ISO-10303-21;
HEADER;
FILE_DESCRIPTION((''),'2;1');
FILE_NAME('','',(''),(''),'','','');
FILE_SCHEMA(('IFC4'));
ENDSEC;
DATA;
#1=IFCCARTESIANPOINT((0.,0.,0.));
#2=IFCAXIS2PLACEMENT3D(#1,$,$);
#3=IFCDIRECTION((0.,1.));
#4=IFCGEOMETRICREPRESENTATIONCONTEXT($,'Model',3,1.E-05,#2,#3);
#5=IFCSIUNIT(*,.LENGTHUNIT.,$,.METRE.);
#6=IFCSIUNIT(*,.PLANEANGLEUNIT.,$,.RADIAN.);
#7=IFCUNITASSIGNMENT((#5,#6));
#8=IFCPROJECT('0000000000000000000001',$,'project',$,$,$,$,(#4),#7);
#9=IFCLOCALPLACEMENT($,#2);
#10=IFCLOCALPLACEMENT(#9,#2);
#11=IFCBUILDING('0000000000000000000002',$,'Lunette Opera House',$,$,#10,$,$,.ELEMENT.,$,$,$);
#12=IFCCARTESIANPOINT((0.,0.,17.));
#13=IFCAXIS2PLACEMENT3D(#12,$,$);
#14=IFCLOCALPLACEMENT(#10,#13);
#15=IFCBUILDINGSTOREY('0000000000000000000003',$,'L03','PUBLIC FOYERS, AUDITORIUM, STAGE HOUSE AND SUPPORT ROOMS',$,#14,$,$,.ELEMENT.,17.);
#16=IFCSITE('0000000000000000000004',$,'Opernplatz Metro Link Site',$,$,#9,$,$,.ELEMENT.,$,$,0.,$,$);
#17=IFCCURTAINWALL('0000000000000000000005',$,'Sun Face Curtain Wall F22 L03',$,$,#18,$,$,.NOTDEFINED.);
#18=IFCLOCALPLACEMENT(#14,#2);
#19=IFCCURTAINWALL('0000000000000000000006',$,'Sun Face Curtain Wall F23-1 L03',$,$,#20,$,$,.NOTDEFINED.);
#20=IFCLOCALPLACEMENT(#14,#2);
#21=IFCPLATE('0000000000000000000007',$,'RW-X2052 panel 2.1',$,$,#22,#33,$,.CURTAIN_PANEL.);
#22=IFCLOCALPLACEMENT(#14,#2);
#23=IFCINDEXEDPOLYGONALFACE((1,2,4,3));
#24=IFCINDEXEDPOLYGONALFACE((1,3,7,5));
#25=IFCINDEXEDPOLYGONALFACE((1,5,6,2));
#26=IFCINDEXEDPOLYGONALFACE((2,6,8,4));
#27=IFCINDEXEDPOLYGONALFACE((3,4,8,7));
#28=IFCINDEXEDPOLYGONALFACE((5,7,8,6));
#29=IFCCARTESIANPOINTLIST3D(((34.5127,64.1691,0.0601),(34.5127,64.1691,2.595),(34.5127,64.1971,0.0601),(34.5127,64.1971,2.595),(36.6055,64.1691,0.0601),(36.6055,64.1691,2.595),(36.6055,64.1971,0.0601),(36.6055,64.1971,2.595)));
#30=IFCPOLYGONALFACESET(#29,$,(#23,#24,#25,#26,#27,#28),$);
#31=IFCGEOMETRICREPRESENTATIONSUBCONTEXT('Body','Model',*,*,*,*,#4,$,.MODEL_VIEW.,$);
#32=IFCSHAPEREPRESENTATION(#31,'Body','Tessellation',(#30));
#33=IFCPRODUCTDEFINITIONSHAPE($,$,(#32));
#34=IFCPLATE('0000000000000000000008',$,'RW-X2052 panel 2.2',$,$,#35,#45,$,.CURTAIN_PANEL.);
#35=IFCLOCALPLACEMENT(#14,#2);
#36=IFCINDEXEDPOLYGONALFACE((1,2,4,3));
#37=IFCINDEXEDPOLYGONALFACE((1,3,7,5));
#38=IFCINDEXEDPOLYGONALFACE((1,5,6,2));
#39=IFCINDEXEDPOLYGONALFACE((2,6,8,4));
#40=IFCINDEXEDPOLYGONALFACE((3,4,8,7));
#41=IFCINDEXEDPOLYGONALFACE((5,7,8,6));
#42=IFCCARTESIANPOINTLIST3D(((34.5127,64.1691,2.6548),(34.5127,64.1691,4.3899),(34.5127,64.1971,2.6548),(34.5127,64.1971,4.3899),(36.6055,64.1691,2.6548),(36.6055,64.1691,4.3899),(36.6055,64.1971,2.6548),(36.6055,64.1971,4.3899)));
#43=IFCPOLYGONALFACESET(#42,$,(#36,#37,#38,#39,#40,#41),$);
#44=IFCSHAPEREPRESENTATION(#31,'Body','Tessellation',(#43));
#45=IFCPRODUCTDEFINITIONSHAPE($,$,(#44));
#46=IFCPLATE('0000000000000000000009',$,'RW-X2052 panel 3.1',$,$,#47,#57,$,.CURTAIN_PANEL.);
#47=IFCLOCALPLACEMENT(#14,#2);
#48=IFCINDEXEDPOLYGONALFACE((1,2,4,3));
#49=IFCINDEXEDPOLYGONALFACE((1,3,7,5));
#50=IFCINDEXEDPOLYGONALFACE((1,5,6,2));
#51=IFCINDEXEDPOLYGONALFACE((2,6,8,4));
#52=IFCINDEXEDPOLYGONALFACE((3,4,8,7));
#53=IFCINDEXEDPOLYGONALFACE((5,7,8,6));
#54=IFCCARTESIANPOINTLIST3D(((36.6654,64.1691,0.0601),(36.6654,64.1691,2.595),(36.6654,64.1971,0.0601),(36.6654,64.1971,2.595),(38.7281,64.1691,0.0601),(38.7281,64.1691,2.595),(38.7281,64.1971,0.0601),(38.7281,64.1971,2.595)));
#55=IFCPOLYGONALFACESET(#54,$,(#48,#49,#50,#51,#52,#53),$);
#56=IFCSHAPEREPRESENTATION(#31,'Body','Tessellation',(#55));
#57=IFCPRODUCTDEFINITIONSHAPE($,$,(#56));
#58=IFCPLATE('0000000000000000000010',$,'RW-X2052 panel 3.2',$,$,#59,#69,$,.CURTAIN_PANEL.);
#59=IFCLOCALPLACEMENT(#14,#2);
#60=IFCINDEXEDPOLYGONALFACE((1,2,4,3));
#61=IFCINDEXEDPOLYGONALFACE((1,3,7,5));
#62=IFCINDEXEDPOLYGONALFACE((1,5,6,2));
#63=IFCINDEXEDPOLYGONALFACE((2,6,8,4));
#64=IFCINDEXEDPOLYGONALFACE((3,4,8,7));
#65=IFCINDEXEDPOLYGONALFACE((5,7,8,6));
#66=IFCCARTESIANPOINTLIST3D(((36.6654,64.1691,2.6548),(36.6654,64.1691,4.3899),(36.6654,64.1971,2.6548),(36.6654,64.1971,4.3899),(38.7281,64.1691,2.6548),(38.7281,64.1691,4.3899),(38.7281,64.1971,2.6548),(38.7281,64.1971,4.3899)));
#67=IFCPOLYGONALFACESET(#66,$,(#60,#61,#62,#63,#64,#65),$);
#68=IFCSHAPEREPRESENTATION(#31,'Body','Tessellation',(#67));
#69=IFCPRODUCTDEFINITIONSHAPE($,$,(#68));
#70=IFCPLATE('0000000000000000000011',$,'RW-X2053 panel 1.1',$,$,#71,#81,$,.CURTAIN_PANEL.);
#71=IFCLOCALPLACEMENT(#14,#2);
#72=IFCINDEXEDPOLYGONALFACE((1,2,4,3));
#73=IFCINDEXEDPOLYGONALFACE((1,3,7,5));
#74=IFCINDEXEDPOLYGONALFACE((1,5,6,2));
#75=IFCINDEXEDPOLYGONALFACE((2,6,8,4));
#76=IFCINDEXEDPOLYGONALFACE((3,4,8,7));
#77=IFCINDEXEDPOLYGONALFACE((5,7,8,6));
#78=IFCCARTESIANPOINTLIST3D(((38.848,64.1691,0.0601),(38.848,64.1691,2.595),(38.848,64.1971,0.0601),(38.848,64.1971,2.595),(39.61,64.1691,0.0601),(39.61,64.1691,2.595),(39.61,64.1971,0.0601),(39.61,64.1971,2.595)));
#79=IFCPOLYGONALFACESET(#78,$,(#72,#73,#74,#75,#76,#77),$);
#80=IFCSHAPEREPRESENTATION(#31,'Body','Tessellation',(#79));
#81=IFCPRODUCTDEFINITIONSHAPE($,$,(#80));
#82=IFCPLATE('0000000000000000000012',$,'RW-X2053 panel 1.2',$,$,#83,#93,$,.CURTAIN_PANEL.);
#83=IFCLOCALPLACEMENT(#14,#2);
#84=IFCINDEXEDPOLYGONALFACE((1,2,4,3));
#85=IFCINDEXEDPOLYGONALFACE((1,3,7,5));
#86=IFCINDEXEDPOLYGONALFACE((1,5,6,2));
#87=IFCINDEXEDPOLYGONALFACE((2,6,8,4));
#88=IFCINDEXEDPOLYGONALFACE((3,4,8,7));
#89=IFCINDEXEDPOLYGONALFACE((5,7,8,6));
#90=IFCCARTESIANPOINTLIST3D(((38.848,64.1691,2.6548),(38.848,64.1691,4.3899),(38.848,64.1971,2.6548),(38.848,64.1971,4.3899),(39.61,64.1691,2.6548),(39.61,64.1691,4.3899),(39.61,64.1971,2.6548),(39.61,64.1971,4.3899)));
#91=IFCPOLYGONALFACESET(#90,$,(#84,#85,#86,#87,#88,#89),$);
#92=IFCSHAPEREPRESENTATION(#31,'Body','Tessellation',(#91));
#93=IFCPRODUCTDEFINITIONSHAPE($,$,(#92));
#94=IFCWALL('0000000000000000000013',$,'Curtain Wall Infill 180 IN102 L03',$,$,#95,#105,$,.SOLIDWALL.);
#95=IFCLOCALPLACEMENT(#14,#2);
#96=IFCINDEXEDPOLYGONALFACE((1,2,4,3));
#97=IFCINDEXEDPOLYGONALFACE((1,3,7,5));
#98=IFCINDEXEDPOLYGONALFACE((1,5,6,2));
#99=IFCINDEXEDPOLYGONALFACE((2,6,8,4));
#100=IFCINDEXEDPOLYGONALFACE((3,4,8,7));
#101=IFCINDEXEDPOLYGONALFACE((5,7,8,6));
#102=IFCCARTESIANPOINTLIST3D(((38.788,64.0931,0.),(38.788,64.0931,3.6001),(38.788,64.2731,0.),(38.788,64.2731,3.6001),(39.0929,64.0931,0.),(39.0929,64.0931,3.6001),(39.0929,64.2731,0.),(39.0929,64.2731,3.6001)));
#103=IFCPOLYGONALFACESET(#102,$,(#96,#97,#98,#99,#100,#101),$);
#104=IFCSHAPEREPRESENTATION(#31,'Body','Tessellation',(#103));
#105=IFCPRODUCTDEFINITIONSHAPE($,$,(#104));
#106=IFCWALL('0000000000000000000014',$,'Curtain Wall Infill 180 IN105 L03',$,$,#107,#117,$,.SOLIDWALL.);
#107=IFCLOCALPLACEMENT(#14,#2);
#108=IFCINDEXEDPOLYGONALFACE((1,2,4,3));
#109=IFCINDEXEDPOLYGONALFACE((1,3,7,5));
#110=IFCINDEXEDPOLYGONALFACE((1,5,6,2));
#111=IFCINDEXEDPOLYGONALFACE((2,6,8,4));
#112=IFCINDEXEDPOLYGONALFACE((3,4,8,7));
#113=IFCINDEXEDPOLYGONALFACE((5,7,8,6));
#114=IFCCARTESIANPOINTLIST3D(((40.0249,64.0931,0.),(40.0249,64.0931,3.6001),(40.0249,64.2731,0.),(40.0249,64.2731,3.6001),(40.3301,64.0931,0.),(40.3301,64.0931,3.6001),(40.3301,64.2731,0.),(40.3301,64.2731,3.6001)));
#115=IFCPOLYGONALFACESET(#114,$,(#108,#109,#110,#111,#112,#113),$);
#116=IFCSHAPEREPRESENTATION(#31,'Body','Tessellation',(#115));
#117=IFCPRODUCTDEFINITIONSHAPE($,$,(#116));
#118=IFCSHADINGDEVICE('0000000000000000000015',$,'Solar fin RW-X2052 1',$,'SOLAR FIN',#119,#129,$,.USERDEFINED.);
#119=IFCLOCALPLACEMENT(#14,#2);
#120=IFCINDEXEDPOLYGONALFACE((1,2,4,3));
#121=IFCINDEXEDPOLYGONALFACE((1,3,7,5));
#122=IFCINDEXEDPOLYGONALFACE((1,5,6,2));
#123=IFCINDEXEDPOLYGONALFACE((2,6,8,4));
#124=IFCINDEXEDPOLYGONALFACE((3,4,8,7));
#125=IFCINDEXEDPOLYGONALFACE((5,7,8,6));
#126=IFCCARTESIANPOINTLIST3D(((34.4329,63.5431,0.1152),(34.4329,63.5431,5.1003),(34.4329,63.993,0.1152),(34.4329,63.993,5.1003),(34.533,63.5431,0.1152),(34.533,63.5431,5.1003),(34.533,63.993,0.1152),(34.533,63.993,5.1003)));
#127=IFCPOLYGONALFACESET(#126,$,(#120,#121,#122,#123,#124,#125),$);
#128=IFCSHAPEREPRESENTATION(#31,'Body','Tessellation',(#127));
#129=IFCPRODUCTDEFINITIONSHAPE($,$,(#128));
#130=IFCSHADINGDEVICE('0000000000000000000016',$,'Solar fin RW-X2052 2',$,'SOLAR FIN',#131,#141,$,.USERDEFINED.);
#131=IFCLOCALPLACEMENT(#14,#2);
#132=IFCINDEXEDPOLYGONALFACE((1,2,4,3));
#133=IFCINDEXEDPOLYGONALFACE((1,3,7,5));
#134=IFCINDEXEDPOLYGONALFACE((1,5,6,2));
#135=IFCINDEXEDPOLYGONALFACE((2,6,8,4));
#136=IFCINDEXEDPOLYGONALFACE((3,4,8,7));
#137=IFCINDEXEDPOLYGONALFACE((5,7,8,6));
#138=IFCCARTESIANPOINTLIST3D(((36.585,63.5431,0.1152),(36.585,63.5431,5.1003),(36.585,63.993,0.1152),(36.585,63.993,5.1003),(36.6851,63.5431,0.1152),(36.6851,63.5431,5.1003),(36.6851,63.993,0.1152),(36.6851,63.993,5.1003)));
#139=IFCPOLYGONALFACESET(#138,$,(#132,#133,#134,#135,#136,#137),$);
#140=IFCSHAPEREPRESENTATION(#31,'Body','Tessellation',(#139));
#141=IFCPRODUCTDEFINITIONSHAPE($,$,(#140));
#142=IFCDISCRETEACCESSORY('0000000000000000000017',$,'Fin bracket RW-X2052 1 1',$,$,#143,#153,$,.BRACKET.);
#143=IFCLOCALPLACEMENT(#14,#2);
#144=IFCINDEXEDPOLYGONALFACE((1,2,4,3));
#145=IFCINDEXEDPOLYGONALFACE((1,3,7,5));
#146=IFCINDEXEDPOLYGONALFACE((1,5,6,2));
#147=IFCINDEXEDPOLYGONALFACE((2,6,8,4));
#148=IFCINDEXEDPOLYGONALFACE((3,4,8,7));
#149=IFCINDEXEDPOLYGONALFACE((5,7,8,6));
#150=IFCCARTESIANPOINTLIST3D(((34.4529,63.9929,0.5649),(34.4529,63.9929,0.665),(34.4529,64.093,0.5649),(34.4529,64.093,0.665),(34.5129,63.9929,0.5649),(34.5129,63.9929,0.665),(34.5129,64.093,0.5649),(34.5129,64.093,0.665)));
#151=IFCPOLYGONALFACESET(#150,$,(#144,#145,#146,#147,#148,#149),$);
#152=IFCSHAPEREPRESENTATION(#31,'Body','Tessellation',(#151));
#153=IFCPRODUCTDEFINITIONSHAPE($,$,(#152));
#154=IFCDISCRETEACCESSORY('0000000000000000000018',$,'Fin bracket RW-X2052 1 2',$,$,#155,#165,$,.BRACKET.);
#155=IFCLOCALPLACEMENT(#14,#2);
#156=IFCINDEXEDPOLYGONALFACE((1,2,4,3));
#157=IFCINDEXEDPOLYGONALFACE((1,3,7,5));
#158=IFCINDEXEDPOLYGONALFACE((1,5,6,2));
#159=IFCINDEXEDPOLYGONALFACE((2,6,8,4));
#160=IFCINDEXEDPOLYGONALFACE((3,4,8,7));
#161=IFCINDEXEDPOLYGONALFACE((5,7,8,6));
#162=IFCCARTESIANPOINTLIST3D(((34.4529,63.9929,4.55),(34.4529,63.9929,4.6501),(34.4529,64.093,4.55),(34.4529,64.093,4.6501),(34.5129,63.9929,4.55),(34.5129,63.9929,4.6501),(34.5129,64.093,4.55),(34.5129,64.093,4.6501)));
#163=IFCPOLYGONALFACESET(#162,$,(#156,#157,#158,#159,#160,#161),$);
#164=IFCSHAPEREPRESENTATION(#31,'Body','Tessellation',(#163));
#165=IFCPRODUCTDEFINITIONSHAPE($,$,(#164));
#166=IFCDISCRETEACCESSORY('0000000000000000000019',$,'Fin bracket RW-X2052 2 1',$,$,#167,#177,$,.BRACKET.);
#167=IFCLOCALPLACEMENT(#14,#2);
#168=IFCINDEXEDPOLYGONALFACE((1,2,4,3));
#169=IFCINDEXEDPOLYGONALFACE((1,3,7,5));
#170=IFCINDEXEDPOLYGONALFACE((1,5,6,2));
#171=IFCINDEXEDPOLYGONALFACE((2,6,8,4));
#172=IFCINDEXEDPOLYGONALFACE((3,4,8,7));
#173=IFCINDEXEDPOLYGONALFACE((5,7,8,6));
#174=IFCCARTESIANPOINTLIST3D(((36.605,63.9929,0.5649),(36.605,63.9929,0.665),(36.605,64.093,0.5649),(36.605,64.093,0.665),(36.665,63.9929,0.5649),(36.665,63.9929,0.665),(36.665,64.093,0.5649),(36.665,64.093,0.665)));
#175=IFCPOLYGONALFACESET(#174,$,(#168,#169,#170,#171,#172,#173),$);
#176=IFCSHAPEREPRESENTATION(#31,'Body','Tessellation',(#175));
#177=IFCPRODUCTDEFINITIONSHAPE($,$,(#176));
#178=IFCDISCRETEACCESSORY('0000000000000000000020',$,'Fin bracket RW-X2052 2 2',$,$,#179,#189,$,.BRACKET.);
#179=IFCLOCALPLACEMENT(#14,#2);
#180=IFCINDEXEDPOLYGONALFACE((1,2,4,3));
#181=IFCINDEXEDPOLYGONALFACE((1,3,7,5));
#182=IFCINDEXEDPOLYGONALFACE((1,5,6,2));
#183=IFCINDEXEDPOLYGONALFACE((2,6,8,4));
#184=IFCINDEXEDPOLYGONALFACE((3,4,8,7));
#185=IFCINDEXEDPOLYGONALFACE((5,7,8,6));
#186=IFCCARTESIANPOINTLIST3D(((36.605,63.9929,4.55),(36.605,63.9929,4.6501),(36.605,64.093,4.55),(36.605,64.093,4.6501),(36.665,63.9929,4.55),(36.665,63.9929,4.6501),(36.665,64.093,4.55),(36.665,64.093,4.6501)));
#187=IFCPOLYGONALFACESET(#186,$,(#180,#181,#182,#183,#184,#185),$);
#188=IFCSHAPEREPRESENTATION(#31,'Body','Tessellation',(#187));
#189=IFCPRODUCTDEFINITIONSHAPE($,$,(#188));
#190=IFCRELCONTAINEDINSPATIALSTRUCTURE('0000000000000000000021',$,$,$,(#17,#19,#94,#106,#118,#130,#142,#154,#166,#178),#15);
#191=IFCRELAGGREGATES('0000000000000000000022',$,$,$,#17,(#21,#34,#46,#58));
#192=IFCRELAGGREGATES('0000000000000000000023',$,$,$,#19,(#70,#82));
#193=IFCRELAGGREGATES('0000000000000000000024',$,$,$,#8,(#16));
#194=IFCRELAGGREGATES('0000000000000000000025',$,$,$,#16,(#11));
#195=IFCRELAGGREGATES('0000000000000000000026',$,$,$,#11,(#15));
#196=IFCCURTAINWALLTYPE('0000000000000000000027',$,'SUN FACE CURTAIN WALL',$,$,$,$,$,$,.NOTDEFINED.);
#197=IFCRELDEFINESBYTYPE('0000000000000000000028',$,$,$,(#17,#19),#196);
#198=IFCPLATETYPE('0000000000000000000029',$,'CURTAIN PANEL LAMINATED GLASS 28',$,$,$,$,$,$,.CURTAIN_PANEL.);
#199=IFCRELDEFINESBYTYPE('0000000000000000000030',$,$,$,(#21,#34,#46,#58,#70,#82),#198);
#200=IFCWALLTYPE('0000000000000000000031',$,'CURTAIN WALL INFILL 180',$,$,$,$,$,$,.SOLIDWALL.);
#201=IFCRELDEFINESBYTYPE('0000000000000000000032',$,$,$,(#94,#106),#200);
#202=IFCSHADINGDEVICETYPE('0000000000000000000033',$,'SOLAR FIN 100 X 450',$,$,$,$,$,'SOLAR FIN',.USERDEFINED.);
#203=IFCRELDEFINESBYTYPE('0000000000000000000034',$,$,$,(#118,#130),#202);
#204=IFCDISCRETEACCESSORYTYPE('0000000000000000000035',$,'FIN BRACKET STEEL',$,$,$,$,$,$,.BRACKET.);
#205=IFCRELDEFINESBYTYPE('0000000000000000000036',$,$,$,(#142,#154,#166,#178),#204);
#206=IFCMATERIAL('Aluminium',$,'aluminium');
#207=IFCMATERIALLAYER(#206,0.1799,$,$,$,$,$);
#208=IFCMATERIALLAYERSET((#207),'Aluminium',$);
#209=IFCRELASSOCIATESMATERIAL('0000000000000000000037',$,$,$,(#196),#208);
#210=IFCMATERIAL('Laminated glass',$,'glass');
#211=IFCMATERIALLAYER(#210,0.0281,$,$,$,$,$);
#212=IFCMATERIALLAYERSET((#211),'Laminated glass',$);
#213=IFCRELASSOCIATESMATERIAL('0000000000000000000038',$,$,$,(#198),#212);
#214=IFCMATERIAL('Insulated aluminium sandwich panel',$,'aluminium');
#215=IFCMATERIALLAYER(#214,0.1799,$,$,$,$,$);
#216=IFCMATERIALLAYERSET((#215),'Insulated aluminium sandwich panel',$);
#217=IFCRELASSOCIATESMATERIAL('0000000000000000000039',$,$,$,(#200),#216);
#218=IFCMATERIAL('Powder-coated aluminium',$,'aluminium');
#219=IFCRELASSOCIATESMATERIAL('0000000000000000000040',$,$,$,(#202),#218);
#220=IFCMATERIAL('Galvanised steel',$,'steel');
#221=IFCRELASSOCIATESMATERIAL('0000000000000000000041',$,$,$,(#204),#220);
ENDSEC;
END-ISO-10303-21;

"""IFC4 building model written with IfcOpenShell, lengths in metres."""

from ifc_helpers import new_model, si_unit, direction, frame, frame_2d, origin, origin_2d, place, context, subcontext, project, spatial, rectangle, extrude, material, layer, layer_set, type_object, element, aggregate, save


model = new_model("IFC4")

# Units and contexts
model_context = context("Model", 3, precision=1e-05, world=origin(), true_north=direction((0.0, 1.0)))
body_context = subcontext(model_context, "Body", "Model", "MODEL_VIEW")
ifc_project = project(units=[si_unit("LENGTHUNIT", "METRE"), si_unit("PLANEANGLEUNIT", "RADIAN")], contexts=[model_context])

# Site, building, storey
site_placement = place(None, origin())
site = spatial("IfcSite", under=ifc_project, at=site_placement, Name="Opernplatz Metro Link Site", CompositionType="ELEMENT", RefElevation=0.0)
building_placement = place(site_placement, origin())
building = spatial("IfcBuilding", under=site, at=building_placement, Name="Lunette Opera House", CompositionType="ELEMENT")
storey_placement = place(building_placement, frame((0.0, 0.0, 17.0)))
storey = spatial("IfcBuildingStorey", under=building, at=storey_placement, Name="L03", Description="PUBLIC FOYERS, AUDITORIUM, STAGE HOUSE AND SUPPORT ROOMS", CompositionType="ELEMENT", Elevation=17.0)

# Curtain walls
ifc_material_1 = material(Name="Aluminium", Category="aluminium")
ifc_layer_1 = layer(ifc_material_1, 0.1799)
ifc_layer_set_1 = layer_set([ifc_layer_1], Name="Aluminium")
curtain_wall_type = type_object("IfcCurtainWallType", Name="SUN FACE CURTAIN WALL", PredefinedType="NOTDEFINED", material=ifc_layer_set_1)
curtain_wall_1_placement = place(storey_placement, origin())
curtain_wall_1 = element("IfcCurtainWall", 1, at=curtain_wall_1_placement, inside=storey, type_object=curtain_wall_type, Name="Sun Face Curtain Wall F22 L03", PredefinedType="NOTDEFINED")
curtain_wall_2_placement = place(storey_placement, origin())
curtain_wall_2 = element("IfcCurtainWall", 2, at=curtain_wall_2_placement, inside=storey, type_object=curtain_wall_type, Name="Sun Face Curtain Wall F23-1 L03", PredefinedType="NOTDEFINED")

# Plates
ifc_material_2 = material(Name="Laminated glass", Category="glass")
ifc_layer_2 = layer(ifc_material_2, 0.0281)
ifc_layer_set_2 = layer_set([ifc_layer_2], Name="Laminated glass")
plate_type = type_object("IfcPlateType", Name="CURTAIN PANEL LAMINATED GLASS 28", PredefinedType="CURTAIN_PANEL", material=ifc_layer_set_2)
plate_1_placement = place(storey_placement, frame((35.5591, 64.1831, 0.0601), z_axis=(0.0, 0.0, 1.0), x_axis=(1.0, 0.0, 0.0)))
plate_1 = element("IfcPlate", 3, at=plate_1_placement, type_object=plate_type, Name="RW-X2052 panel 2.1", PredefinedType="CURTAIN_PANEL", context=body_context, shape_type="SweptSolid", body=[
    extrude(rectangle(XDim=2.0928, YDim=0.0281, at=origin_2d()), origin(), (0.0, 0.0, 1.0), 2.5349),
])
plate_2_placement = place(storey_placement, frame((35.5591, 64.1831, 2.6548), z_axis=(0.0, 0.0, 1.0), x_axis=(1.0, 0.0, 0.0)))
plate_2 = element("IfcPlate", 4, at=plate_2_placement, type_object=plate_type, Name="RW-X2052 panel 2.2", PredefinedType="CURTAIN_PANEL", context=body_context, shape_type="SweptSolid", body=[
    extrude(rectangle(XDim=2.0928, YDim=0.0281, at=origin_2d()), origin(), (0.0, 0.0, 1.0), 1.7351),
])
plate_3_placement = place(storey_placement, frame((37.6968, 64.1831, 0.0601), z_axis=(0.0, 0.0, 1.0), x_axis=(1.0, 0.0, 0.0)))
plate_3 = element("IfcPlate", 5, at=plate_3_placement, type_object=plate_type, Name="RW-X2052 panel 3.1", PredefinedType="CURTAIN_PANEL", context=body_context, shape_type="SweptSolid", body=[
    extrude(rectangle(XDim=2.0627, YDim=0.0281, at=origin_2d()), origin(), (0.0, 0.0, 1.0), 2.5349),
])
plate_4_placement = place(storey_placement, frame((37.6968, 64.1831, 2.6548), z_axis=(0.0, 0.0, 1.0), x_axis=(1.0, 0.0, 0.0)))
plate_4 = element("IfcPlate", 6, at=plate_4_placement, type_object=plate_type, Name="RW-X2052 panel 3.2", PredefinedType="CURTAIN_PANEL", context=body_context, shape_type="SweptSolid", body=[
    extrude(rectangle(XDim=2.0627, YDim=0.0281, at=origin_2d()), origin(), (0.0, 0.0, 1.0), 1.7351),
])
aggregate(curtain_wall_1, [plate_1, plate_2, plate_3, plate_4])
plate_5_placement = place(storey_placement, frame((39.229, 64.1831, 0.0601), z_axis=(0.0, 0.0, 1.0), x_axis=(1.0, 0.0, 0.0)))
plate_5 = element("IfcPlate", 7, at=plate_5_placement, type_object=plate_type, Name="RW-X2053 panel 1.1", PredefinedType="CURTAIN_PANEL", context=body_context, shape_type="SweptSolid", body=[
    extrude(rectangle(XDim=0.762, YDim=0.0281, at=origin_2d()), origin(), (0.0, 0.0, 1.0), 2.5349),
])
plate_6_placement = place(storey_placement, frame((39.229, 64.1831, 2.6548), z_axis=(0.0, 0.0, 1.0), x_axis=(1.0, 0.0, 0.0)))
plate_6 = element("IfcPlate", 8, at=plate_6_placement, type_object=plate_type, Name="RW-X2053 panel 1.2", PredefinedType="CURTAIN_PANEL", context=body_context, shape_type="SweptSolid", body=[
    extrude(rectangle(XDim=0.762, YDim=0.0281, at=origin_2d()), origin(), (0.0, 0.0, 1.0), 1.7351),
])
aggregate(curtain_wall_2, [plate_5, plate_6])

# Walls
ifc_material_3 = material(Name="Insulated aluminium sandwich panel", Category="aluminium")
ifc_layer_3 = layer(ifc_material_3, 0.1799)
ifc_layer_set_3 = layer_set([ifc_layer_3], Name="Insulated aluminium sandwich panel")
wall_type = type_object("IfcWallType", Name="CURTAIN WALL INFILL 180", PredefinedType="SOLIDWALL", material=ifc_layer_set_3)
wall_1_placement = place(storey_placement, frame((38.7881, 64.1831, 0.0), z_axis=(0.0, 0.0, 1.0), x_axis=(1.0, 0.0, 0.0)))
element("IfcWall", 9, at=wall_1_placement, inside=storey, type_object=wall_type, Name="Curtain Wall Infill 180 IN102 L03", PredefinedType="SOLIDWALL", context=body_context, shape_type="SweptSolid", body=[
    extrude(rectangle(XDim=0.3049, YDim=0.1799, at=frame_2d((0.1523, 0.0))), origin(), (0.0, 0.0, 1.0), 3.6001),
])
wall_2_placement = place(storey_placement, frame((40.3301, 64.1831, 0.0), z_axis=(0.0, 0.0, 1.0), x_axis=(-1.0, 0.0, 0.0)))
element("IfcWall", 10, at=wall_2_placement, inside=storey, type_object=wall_type, Name="Curtain Wall Infill 180 IN105 L03", PredefinedType="SOLIDWALL", context=body_context, shape_type="SweptSolid", body=[
    extrude(rectangle(XDim=0.3052, YDim=0.1799, at=frame_2d((0.1526, 0.0))), origin(), (0.0, 0.0, 1.0), 3.6001),
])

# Shading devices
ifc_material_4 = material(Name="Powder-coated aluminium", Category="aluminium")
shading_device_type = type_object("IfcShadingDeviceType", Name="SOLAR FIN 100 X 450", ElementType="SOLAR FIN", PredefinedType="USERDEFINED", material=ifc_material_4)
for number, where, z_axis, x_axis, name in (
    (11, (34.4829, 63.7681, 0.1152), (0.0, 0.0, 1.0), (0.0, -1.0, 0.0), "Solar fin RW-X2052 1"),
    (12, (36.635, 63.7681, 0.1152), (0.0, 0.0, 1.0), (0.0, -1.0, 0.0), "Solar fin RW-X2052 2"),
):
    element("IfcShadingDevice", number, at=place(storey_placement, frame(where, z_axis=z_axis, x_axis=x_axis)), inside=storey, type_object=shading_device_type, Name=name, ObjectType="SOLAR FIN", PredefinedType="USERDEFINED", context=body_context, shape_type="SweptSolid", body=[
        extrude(rectangle(XDim=0.45, YDim=0.1001, at=origin_2d()), origin(), (0.0, 0.0, 1.0), 4.9851),
    ])

# Discrete accessories
ifc_material_5 = material(Name="Galvanised steel", Category="steel")
discrete_accessory_type = type_object("IfcDiscreteAccessoryType", Name="FIN BRACKET STEEL", PredefinedType="BRACKET", material=ifc_material_5)
for number, where, z_axis, x_axis, name in (
    (13, (34.4829, 64.043, 0.5649), (0.0, 0.0, 1.0), (0.0, -1.0, 0.0), "Fin bracket RW-X2052 1 1"),
    (14, (34.4829, 64.043, 4.55), (0.0, 0.0, 1.0), (0.0, -1.0, 0.0), "Fin bracket RW-X2052 1 2"),
    (15, (36.635, 64.043, 0.5649), (0.0, 0.0, 1.0), (0.0, -1.0, 0.0), "Fin bracket RW-X2052 2 1"),
    (16, (36.635, 64.043, 4.55), (0.0, 0.0, 1.0), (0.0, -1.0, 0.0), "Fin bracket RW-X2052 2 2"),
):
    element("IfcDiscreteAccessory", number, at=place(storey_placement, frame(where, z_axis=z_axis, x_axis=x_axis)), inside=storey, type_object=discrete_accessory_type, Name=name, PredefinedType="BRACKET", context=body_context, shape_type="SweptSolid", body=[
        extrude(rectangle(XDim=0.1001, YDim=0.0601, at=origin_2d()), origin(), (0.0, 0.0, 1.0), 0.1001),
    ])

save(model, "model.ifc")
